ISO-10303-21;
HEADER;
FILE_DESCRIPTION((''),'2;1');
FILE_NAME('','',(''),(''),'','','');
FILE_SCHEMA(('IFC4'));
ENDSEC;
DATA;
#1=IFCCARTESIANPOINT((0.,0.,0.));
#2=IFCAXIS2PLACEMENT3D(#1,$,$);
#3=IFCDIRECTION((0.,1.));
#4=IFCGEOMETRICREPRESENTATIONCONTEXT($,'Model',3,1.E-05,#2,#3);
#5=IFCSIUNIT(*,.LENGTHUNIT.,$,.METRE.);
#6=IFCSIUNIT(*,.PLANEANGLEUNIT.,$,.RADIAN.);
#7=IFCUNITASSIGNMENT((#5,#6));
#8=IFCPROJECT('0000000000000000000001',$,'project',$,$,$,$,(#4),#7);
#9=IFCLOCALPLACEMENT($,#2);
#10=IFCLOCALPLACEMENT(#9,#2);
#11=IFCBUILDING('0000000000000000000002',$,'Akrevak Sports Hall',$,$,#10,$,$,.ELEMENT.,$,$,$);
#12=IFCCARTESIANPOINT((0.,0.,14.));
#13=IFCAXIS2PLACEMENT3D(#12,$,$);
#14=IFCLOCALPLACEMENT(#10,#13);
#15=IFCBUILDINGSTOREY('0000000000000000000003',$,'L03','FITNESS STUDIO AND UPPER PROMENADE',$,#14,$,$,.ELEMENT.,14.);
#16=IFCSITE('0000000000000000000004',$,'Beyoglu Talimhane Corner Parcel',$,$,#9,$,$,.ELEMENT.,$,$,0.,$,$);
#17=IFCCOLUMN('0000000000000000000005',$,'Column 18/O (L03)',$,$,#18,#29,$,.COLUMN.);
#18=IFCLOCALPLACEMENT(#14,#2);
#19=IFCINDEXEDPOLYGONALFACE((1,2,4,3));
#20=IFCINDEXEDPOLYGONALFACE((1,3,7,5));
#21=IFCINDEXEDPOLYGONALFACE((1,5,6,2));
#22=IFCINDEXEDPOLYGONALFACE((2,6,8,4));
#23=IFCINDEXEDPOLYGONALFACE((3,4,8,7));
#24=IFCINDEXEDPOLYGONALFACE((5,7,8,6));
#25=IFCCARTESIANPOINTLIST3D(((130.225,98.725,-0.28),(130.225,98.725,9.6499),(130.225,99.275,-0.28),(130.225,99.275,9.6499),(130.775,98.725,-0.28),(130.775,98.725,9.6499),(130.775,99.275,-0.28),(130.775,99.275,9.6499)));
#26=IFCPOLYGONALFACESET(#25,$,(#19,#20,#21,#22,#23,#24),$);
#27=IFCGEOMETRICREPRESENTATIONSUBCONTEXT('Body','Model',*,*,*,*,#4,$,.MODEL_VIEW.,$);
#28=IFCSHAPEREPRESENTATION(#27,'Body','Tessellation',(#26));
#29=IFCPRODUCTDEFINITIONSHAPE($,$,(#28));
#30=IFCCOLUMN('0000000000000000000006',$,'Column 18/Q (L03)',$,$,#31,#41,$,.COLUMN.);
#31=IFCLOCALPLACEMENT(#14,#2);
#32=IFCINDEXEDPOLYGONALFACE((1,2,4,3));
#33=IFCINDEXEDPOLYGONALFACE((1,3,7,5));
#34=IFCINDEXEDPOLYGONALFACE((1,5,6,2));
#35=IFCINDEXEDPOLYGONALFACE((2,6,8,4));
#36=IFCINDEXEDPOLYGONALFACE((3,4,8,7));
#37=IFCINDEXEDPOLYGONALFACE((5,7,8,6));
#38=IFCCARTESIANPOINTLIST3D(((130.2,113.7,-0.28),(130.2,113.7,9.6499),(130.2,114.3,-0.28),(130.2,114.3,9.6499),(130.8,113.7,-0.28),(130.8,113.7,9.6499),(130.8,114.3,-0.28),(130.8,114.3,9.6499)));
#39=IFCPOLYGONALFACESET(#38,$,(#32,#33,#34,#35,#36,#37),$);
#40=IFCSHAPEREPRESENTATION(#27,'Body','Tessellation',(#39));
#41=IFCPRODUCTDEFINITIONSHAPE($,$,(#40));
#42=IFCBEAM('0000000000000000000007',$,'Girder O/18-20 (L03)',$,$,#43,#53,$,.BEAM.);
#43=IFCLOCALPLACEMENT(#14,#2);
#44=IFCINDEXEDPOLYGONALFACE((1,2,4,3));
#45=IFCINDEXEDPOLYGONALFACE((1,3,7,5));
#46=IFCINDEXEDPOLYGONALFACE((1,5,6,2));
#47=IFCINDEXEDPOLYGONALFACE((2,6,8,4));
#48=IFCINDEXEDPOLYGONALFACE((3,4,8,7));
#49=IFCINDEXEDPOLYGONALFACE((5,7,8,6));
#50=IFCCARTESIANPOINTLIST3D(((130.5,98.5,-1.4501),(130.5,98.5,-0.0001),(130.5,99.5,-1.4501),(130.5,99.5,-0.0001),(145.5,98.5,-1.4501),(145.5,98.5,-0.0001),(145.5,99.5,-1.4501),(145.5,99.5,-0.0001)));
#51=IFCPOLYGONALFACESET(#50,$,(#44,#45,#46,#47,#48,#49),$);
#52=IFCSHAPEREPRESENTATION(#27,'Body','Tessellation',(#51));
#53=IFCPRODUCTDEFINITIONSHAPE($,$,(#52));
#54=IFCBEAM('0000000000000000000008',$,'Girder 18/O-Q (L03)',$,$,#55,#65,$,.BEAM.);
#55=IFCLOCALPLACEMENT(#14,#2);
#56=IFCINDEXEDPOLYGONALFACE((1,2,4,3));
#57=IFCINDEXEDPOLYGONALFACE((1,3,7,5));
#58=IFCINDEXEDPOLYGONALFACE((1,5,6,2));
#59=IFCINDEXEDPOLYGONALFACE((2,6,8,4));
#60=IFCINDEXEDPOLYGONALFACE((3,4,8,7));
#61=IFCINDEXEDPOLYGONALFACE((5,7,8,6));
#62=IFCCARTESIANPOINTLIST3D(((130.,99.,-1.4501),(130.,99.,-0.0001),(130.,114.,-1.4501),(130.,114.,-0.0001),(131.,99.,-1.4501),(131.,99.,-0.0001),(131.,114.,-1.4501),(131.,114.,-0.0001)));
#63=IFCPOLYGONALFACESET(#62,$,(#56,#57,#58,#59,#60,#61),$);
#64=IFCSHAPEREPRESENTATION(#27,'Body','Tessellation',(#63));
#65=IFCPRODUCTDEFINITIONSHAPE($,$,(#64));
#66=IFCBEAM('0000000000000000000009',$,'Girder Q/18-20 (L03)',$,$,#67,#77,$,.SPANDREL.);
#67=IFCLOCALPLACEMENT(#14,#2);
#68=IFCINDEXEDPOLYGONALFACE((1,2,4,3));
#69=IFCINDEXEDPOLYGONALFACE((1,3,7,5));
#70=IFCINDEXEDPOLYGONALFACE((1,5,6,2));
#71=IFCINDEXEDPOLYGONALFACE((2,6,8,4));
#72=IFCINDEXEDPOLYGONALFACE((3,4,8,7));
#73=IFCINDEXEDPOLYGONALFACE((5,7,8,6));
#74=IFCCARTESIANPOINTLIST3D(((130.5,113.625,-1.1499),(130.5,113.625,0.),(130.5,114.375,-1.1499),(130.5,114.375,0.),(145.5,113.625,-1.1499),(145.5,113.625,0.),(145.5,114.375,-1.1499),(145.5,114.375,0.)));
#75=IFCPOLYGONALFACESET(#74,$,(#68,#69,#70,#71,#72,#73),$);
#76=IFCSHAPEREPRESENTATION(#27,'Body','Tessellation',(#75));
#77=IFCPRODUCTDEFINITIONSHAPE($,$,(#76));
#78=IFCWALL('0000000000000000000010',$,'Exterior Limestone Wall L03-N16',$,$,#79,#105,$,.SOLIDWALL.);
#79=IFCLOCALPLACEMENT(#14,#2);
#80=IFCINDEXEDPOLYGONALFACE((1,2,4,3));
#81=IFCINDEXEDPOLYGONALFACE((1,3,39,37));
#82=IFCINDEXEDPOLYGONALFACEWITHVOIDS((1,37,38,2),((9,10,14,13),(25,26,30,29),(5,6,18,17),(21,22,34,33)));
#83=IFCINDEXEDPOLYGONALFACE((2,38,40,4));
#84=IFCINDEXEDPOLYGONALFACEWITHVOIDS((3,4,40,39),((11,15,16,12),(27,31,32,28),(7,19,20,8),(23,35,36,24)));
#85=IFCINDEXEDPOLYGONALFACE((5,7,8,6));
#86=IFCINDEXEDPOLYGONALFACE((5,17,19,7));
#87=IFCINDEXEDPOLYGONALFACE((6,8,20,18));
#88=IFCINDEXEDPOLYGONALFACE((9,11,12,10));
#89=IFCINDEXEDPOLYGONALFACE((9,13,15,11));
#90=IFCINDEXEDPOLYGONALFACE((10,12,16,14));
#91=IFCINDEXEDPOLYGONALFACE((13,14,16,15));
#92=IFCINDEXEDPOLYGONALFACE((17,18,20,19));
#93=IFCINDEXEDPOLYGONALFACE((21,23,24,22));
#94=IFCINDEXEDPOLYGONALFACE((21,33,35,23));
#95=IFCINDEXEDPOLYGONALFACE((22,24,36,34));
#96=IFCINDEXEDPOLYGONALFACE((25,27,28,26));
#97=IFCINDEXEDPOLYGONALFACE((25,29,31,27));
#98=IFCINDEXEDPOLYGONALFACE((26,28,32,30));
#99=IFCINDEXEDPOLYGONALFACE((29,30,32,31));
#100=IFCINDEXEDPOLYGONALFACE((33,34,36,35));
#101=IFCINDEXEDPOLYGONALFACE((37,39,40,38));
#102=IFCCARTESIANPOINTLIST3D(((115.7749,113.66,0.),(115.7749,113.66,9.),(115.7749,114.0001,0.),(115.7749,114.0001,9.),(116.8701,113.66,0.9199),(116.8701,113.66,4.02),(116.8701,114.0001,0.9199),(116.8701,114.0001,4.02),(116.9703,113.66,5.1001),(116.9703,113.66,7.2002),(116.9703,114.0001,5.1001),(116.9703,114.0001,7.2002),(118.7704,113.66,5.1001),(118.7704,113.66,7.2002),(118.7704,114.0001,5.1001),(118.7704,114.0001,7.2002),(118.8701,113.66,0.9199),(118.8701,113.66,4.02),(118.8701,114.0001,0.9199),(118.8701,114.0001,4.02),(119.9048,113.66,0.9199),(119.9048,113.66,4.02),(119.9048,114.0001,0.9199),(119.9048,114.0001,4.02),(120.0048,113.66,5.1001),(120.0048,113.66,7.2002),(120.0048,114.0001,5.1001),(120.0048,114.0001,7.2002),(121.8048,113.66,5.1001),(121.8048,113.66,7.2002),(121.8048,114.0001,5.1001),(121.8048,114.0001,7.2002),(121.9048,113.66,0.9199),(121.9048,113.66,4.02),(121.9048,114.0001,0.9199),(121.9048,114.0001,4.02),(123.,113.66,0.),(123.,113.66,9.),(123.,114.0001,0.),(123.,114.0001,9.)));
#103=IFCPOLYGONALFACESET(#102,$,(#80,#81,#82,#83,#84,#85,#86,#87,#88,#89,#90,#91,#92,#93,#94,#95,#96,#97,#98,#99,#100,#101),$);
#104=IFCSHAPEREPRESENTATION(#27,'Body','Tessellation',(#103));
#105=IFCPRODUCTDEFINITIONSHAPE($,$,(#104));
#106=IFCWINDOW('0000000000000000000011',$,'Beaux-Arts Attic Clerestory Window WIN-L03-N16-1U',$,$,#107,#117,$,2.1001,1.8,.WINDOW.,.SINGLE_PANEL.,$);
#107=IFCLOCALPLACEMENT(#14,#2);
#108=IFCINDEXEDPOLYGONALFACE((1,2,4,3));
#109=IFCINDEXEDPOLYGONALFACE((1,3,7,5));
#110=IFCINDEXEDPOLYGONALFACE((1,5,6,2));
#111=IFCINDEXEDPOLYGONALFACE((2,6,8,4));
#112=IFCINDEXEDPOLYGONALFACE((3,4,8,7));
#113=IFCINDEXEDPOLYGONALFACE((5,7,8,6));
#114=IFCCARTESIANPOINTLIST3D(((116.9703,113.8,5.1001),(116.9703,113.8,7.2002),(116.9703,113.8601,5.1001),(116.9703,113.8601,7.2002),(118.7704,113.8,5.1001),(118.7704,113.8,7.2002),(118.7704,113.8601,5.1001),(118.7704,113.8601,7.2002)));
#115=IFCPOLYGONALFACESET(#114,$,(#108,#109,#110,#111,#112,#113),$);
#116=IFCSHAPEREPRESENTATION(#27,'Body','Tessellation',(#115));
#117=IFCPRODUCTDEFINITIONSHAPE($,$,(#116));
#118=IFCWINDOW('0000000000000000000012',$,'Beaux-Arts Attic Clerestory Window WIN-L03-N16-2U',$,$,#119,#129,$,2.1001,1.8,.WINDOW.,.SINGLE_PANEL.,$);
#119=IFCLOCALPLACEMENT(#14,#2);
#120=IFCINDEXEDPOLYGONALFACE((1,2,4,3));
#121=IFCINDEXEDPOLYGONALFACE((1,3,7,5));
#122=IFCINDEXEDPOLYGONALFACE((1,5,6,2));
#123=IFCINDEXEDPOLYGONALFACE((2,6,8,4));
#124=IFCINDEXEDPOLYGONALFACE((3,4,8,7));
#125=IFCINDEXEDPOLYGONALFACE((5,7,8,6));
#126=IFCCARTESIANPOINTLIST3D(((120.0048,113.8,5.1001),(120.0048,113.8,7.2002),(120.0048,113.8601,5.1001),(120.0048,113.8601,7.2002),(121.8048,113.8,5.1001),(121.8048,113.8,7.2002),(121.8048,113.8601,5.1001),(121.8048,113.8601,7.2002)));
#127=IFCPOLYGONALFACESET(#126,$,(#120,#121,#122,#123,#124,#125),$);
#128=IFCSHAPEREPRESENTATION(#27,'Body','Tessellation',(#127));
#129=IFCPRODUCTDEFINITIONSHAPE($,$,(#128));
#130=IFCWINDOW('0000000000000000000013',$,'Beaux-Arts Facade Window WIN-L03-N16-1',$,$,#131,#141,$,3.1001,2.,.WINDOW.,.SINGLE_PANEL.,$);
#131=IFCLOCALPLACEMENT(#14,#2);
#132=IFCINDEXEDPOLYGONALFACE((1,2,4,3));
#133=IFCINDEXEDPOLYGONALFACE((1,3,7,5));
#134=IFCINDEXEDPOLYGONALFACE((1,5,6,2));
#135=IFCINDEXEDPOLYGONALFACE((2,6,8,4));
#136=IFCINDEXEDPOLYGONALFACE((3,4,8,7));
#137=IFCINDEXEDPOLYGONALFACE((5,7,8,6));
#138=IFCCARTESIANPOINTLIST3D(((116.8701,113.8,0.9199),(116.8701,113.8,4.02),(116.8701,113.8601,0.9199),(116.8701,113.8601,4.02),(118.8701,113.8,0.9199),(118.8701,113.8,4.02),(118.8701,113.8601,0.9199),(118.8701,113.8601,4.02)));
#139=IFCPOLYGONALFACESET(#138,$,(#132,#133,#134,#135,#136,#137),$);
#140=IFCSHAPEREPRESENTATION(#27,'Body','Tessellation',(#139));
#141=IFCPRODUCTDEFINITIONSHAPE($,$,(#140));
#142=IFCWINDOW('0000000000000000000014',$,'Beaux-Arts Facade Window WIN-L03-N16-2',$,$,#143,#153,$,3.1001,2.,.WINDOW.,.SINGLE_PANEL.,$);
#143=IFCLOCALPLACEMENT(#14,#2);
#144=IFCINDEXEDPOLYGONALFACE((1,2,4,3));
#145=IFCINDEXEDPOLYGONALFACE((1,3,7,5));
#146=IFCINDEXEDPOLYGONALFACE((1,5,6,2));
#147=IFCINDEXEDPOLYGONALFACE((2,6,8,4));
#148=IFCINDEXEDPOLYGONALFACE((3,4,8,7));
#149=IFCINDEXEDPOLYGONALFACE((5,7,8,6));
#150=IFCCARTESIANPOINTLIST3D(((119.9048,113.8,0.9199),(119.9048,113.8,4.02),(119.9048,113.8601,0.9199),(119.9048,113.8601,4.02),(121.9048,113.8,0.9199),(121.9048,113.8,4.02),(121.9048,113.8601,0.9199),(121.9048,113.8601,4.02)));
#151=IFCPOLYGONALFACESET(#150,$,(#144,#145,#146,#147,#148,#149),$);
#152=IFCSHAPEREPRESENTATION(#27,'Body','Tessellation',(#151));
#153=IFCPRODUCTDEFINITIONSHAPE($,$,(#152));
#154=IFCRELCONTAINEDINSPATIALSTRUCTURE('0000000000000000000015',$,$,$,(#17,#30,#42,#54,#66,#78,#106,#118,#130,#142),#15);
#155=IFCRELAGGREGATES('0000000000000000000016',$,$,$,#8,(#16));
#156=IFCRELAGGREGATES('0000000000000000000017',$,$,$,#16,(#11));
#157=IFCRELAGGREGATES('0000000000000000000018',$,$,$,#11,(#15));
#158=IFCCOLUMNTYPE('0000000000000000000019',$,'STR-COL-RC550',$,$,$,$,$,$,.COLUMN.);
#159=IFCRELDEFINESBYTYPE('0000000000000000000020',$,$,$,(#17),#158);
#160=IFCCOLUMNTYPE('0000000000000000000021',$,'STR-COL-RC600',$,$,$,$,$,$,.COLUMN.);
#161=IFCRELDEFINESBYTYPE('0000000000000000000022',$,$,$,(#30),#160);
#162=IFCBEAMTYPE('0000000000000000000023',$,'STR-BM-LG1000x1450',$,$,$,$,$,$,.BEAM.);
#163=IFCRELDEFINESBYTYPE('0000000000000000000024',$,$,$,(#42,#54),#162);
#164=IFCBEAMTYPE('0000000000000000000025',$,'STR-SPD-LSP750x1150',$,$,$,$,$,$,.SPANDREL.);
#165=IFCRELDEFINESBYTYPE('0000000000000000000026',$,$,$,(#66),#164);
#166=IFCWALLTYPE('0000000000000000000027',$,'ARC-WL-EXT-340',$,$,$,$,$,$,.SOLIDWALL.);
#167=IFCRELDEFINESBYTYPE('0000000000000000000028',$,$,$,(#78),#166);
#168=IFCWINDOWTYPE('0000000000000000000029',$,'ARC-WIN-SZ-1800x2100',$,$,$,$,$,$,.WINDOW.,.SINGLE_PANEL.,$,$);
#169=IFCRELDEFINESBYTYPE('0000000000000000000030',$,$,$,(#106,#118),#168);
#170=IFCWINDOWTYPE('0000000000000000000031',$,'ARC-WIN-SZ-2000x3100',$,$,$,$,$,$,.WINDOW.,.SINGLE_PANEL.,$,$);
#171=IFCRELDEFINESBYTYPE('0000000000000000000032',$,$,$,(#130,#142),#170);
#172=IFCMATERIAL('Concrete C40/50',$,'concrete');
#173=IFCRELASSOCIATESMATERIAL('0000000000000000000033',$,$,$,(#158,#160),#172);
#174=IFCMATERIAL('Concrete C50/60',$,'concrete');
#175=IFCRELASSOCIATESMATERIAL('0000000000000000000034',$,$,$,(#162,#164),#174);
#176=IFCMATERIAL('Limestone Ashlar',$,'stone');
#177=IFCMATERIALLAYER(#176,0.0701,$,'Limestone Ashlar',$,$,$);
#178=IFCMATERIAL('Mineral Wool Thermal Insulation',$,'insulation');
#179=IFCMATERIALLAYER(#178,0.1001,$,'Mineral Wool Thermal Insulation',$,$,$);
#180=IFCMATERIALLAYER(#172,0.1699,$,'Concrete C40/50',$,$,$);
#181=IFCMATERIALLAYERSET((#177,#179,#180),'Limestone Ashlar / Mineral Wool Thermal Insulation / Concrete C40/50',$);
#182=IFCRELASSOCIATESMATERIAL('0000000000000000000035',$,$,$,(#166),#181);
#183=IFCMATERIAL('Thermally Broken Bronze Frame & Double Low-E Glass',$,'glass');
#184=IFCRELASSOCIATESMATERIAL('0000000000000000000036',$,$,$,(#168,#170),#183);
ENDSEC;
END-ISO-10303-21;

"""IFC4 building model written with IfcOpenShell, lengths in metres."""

from ifc_helpers import new_model, si_unit, direction, frame, frame_2d, origin, origin_2d, place, context, subcontext, project, spatial, rectangle, extrude, material, layer, layer_set, material_profile, profile_set, type_object, element, fill, save


model = new_model("IFC4")

# Units and contexts
model_context = context("Model", 3, precision=1e-05, world=origin(), true_north=direction((0.0, 1.0)))
body_context = subcontext(model_context, "Body", "Model", "MODEL_VIEW")
ifc_project = project(units=[si_unit("LENGTHUNIT", "METRE"), si_unit("PLANEANGLEUNIT", "RADIAN")], contexts=[model_context])

# Site, building, storey
site_placement = place(None, origin())
site = spatial("IfcSite", under=ifc_project, at=site_placement, Name="Beyoglu Talimhane Corner Parcel", CompositionType="ELEMENT", RefElevation=0.0)
building_placement = place(site_placement, origin())
building = spatial("IfcBuilding", under=site, at=building_placement, Name="Akrevak Sports Hall", CompositionType="ELEMENT")
storey_placement = place(building_placement, frame((0.0, 0.0, 14.0)))
storey = spatial("IfcBuildingStorey", under=building, at=storey_placement, Name="L03", Description="FITNESS STUDIO AND UPPER PROMENADE", CompositionType="ELEMENT", Elevation=14.0)

# Columns
ifc_material_1 = material(Name="Concrete C40/50", Category="concrete")
ifc_material_profile_1 = material_profile(ifc_material_1, rectangle(XDim=0.55, YDim=0.55, at=origin_2d()), Name="RC 550x550", Category="concrete")
ifc_profile_set_1 = profile_set([ifc_material_profile_1], Name="Concrete C40/50")
column_type_1 = type_object("IfcColumnType", Name="STR-COL-RC550", PredefinedType="COLUMN", material=ifc_profile_set_1)
column_1_placement = place(storey_placement, frame((130.5, 99.0, -0.28), z_axis=(0.0, 0.0, 1.0), x_axis=(1.0, 0.0, 0.0)))
element("IfcColumn", 1, at=column_1_placement, inside=storey, type_object=column_type_1, Name="Column 18/O (L03)", PredefinedType="COLUMN", context=body_context, shape_type="SweptSolid", body=[
    extrude(rectangle(XDim=0.55, YDim=0.55, at=origin_2d()), origin(), (0.0, 0.0, 1.0), 9.9299),
])
ifc_material_profile_2 = material_profile(ifc_material_1, rectangle(XDim=0.6001, YDim=0.6001, at=origin_2d()), Name="RC 600x600", Category="concrete")
ifc_profile_set_2 = profile_set([ifc_material_profile_2], Name="Concrete C40/50")
column_type_2 = type_object("IfcColumnType", Name="STR-COL-RC600", PredefinedType="COLUMN", material=ifc_profile_set_2)
column_2_placement = place(storey_placement, frame((130.5, 114.0, -0.28), z_axis=(0.0, 0.0, 1.0), x_axis=(1.0, 0.0, 0.0)))
element("IfcColumn", 2, at=column_2_placement, inside=storey, type_object=column_type_2, Name="Column 18/Q (L03)", PredefinedType="COLUMN", context=body_context, shape_type="SweptSolid", body=[
    extrude(rectangle(XDim=0.6001, YDim=0.6001, at=origin_2d()), origin(), (0.0, 0.0, 1.0), 9.9299),
])

# Beams
ifc_material_2 = material(Name="Concrete C50/60", Category="concrete")
ifc_material_profile_3 = material_profile(ifc_material_2, rectangle(XDim=1.0, YDim=1.45, at=origin_2d()), Name="BM 1000x1450", Category="concrete")
ifc_profile_set_3 = profile_set([ifc_material_profile_3], Name="Concrete C50/60")
beam_type_1 = type_object("IfcBeamType", Name="STR-BM-LG1000x1450", PredefinedType="BEAM", material=ifc_profile_set_3)
for number, where, z_axis, x_axis, name in (
    (3, (130.5, 99.0, -0.7251), (1.0, 0.0, 0.0), (0.0, 1.0, 0.0), "Girder O/18-20 (L03)"),
    (4, (130.5, 99.0, -0.7251), (0.0, 1.0, 0.0), (-1.0, 0.0, 0.0), "Girder 18/O-Q (L03)"),
):
    element("IfcBeam", number, at=place(storey_placement, frame(where, z_axis=z_axis, x_axis=x_axis)), inside=storey, type_object=beam_type_1, Name=name, PredefinedType="BEAM", context=body_context, shape_type="SweptSolid", body=[
        extrude(rectangle(XDim=1.0, YDim=1.45, at=origin_2d()), origin(), (0.0, 0.0, 1.0), 15.0),
    ])
ifc_material_profile_4 = material_profile(ifc_material_2, rectangle(XDim=0.75, YDim=1.1499, at=origin_2d()), Name="SPD 750x1150", Category="concrete")
ifc_profile_set_4 = profile_set([ifc_material_profile_4], Name="Concrete C50/60")
beam_type_2 = type_object("IfcBeamType", Name="STR-SPD-LSP750x1150", PredefinedType="SPANDREL", material=ifc_profile_set_4)
beam_placement = place(storey_placement, frame((130.5, 114.0, -0.575), z_axis=(1.0, 0.0, 0.0), x_axis=(0.0, 1.0, 0.0)))
element("IfcBeam", 5, at=beam_placement, inside=storey, type_object=beam_type_2, Name="Girder Q/18-20 (L03)", PredefinedType="SPANDREL", context=body_context, shape_type="SweptSolid", body=[
    extrude(rectangle(XDim=0.75, YDim=1.1499, at=origin_2d()), origin(), (0.0, 0.0, 1.0), 15.0),
])

# Wall, openings, windows
ifc_material_3 = material(Name="Limestone Ashlar", Category="stone")
ifc_layer_1 = layer(ifc_material_3, 0.0701, Name="Limestone Ashlar")
ifc_material_4 = material(Name="Mineral Wool Thermal Insulation", Category="insulation")
ifc_layer_2 = layer(ifc_material_4, 0.1001, Name="Mineral Wool Thermal Insulation")
ifc_layer_3 = layer(ifc_material_1, 0.1699, Name="Concrete C40/50")
ifc_layer_set_1 = layer_set([ifc_layer_1, ifc_layer_2, ifc_layer_3], Name="Limestone Ashlar / Mineral Wool Thermal Insulation / Concrete C40/50")
wall_type = type_object("IfcWallType", Name="ARC-WL-EXT-340", PredefinedType="SOLIDWALL", material=ifc_layer_set_1)
wall_1_placement = place(storey_placement, frame((123.0, 113.8301, 0.0), z_axis=(0.0, 0.0, 1.0), x_axis=(-1.0, 0.0, 0.0)))
wall_1 = element("IfcWall", 6, at=wall_1_placement, inside=storey, type_object=wall_type, Name="Exterior Limestone Wall L03-N16", PredefinedType="SOLIDWALL", context=body_context, shape_type="SweptSolid", body=[
    extrude(rectangle(XDim=7.2251, YDim=0.3401, at=frame_2d((3.6125, 0.0))), origin(), (0.0, 0.0, 1.0), 9.0),
])
opening_1_placement = place(wall_1_placement, frame((4.1299, 0.0, 0.9199)))
opening_1 = element("IfcOpeningElement", 7, at=opening_1_placement, cuts=wall_1, PredefinedType="OPENING", context=body_context, shape_type="SweptSolid", body=[
    extrude(rectangle(XDim=2.0, YDim=3.1001, at=frame_2d((1.0, 1.55))), frame((0.0, 0.1821, 0.0), z_axis=(0.0, -1.0, 0.0), x_axis=(1.0, 0.0, 0.0)), (0.0, 0.0, 1.0), 0.364),
])
opening_2_placement = place(wall_1_placement, frame((4.2297, 0.0, 5.1001)))
opening_2 = element("IfcOpeningElement", 8, at=opening_2_placement, cuts=wall_1, PredefinedType="OPENING", context=body_context, shape_type="SweptSolid", body=[
    extrude(rectangle(XDim=1.8, YDim=2.1001, at=frame_2d((0.8999, 1.05))), frame((0.0, 0.1821, 0.0), z_axis=(0.0, -1.0, 0.0), x_axis=(1.0, 0.0, 0.0)), (0.0, 0.0, 1.0), 0.364),
])
opening_3_placement = place(wall_1_placement, frame((1.0952, 0.0, 0.9199)))
opening_3 = element("IfcOpeningElement", 9, at=opening_3_placement, cuts=wall_1, PredefinedType="OPENING", context=body_context, shape_type="SweptSolid", body=[
    extrude(rectangle(XDim=2.0, YDim=3.1001, at=frame_2d((1.0, 1.55))), frame((0.0, 0.1821, 0.0), z_axis=(0.0, -1.0, 0.0), x_axis=(1.0, 0.0, 0.0)), (0.0, 0.0, 1.0), 0.364),
])
opening_4_placement = place(wall_1_placement, frame((1.1953, 0.0, 5.1001)))
opening_4 = element("IfcOpeningElement", 10, at=opening_4_placement, cuts=wall_1, PredefinedType="OPENING", context=body_context, shape_type="SweptSolid", body=[
    extrude(rectangle(XDim=1.8, YDim=2.1001, at=frame_2d((0.8999, 1.05))), frame((0.0, 0.1821, 0.0), z_axis=(0.0, -1.0, 0.0), x_axis=(1.0, 0.0, 0.0)), (0.0, 0.0, 1.0), 0.364),
])
ifc_material_5 = material(Name="Thermally Broken Bronze Frame & Double Low-E Glass", Category="glass")
window_type_1 = type_object("IfcWindowType", Name="ARC-WIN-SZ-1800x2100", PartitioningType="SINGLE_PANEL", PredefinedType="WINDOW", material=ifc_material_5)
window_1_placement = place(opening_2_placement, origin())
window_1 = element("IfcWindow", 11, at=window_1_placement, inside=storey, type_object=window_type_1, Name="Beaux-Arts Attic Clerestory Window WIN-L03-N16-1U", OverallHeight=2.1001, OverallWidth=1.8, PartitioningType="SINGLE_PANEL", PredefinedType="WINDOW", context=body_context, shape_type="SweptSolid", body=[
    extrude(rectangle(XDim=1.8, YDim=2.1001, at=frame_2d((0.8999, 1.05))), frame((0.0, 0.03, 0.0), z_axis=(0.0, -1.0, 0.0), x_axis=(1.0, 0.0, 0.0)), (0.0, 0.0, 1.0), 0.0601),
])
fill(opening_2, window_1)
window_2_placement = place(opening_4_placement, origin())
window_2 = element("IfcWindow", 12, at=window_2_placement, inside=storey, type_object=window_type_1, Name="Beaux-Arts Attic Clerestory Window WIN-L03-N16-2U", OverallHeight=2.1001, OverallWidth=1.8, PartitioningType="SINGLE_PANEL", PredefinedType="WINDOW", context=body_context, shape_type="SweptSolid", body=[
    extrude(rectangle(XDim=1.8, YDim=2.1001, at=frame_2d((0.8999, 1.05))), frame((0.0, 0.03, 0.0), z_axis=(0.0, -1.0, 0.0), x_axis=(1.0, 0.0, 0.0)), (0.0, 0.0, 1.0), 0.0601),
])
fill(opening_4, window_2)
window_type_2 = type_object("IfcWindowType", Name="ARC-WIN-SZ-2000x3100", PartitioningType="SINGLE_PANEL", PredefinedType="WINDOW", material=ifc_material_5)
window_3_placement = place(opening_1_placement, origin())
window_3 = element("IfcWindow", 13, at=window_3_placement, inside=storey, type_object=window_type_2, Name="Beaux-Arts Facade Window WIN-L03-N16-1", OverallHeight=3.1001, OverallWidth=2.0, PartitioningType="SINGLE_PANEL", PredefinedType="WINDOW", context=body_context, shape_type="SweptSolid", body=[
    extrude(rectangle(XDim=2.0, YDim=3.1001, at=frame_2d((1.0, 1.55))), frame((0.0, 0.03, 0.0), z_axis=(0.0, -1.0, 0.0), x_axis=(1.0, 0.0, 0.0)), (0.0, 0.0, 1.0), 0.0601),
])
fill(opening_1, window_3)
window_4_placement = place(opening_3_placement, origin())
window_4 = element("IfcWindow", 14, at=window_4_placement, inside=storey, type_object=window_type_2, Name="Beaux-Arts Facade Window WIN-L03-N16-2", OverallHeight=3.1001, OverallWidth=2.0, PartitioningType="SINGLE_PANEL", PredefinedType="WINDOW", context=body_context, shape_type="SweptSolid", body=[
    extrude(rectangle(XDim=2.0, YDim=3.1001, at=frame_2d((1.0, 1.55))), frame((0.0, 0.03, 0.0), z_axis=(0.0, -1.0, 0.0), x_axis=(1.0, 0.0, 0.0)), (0.0, 0.0, 1.0), 0.0601),
])
fill(opening_3, window_4)

save(model, "model.ifc")
